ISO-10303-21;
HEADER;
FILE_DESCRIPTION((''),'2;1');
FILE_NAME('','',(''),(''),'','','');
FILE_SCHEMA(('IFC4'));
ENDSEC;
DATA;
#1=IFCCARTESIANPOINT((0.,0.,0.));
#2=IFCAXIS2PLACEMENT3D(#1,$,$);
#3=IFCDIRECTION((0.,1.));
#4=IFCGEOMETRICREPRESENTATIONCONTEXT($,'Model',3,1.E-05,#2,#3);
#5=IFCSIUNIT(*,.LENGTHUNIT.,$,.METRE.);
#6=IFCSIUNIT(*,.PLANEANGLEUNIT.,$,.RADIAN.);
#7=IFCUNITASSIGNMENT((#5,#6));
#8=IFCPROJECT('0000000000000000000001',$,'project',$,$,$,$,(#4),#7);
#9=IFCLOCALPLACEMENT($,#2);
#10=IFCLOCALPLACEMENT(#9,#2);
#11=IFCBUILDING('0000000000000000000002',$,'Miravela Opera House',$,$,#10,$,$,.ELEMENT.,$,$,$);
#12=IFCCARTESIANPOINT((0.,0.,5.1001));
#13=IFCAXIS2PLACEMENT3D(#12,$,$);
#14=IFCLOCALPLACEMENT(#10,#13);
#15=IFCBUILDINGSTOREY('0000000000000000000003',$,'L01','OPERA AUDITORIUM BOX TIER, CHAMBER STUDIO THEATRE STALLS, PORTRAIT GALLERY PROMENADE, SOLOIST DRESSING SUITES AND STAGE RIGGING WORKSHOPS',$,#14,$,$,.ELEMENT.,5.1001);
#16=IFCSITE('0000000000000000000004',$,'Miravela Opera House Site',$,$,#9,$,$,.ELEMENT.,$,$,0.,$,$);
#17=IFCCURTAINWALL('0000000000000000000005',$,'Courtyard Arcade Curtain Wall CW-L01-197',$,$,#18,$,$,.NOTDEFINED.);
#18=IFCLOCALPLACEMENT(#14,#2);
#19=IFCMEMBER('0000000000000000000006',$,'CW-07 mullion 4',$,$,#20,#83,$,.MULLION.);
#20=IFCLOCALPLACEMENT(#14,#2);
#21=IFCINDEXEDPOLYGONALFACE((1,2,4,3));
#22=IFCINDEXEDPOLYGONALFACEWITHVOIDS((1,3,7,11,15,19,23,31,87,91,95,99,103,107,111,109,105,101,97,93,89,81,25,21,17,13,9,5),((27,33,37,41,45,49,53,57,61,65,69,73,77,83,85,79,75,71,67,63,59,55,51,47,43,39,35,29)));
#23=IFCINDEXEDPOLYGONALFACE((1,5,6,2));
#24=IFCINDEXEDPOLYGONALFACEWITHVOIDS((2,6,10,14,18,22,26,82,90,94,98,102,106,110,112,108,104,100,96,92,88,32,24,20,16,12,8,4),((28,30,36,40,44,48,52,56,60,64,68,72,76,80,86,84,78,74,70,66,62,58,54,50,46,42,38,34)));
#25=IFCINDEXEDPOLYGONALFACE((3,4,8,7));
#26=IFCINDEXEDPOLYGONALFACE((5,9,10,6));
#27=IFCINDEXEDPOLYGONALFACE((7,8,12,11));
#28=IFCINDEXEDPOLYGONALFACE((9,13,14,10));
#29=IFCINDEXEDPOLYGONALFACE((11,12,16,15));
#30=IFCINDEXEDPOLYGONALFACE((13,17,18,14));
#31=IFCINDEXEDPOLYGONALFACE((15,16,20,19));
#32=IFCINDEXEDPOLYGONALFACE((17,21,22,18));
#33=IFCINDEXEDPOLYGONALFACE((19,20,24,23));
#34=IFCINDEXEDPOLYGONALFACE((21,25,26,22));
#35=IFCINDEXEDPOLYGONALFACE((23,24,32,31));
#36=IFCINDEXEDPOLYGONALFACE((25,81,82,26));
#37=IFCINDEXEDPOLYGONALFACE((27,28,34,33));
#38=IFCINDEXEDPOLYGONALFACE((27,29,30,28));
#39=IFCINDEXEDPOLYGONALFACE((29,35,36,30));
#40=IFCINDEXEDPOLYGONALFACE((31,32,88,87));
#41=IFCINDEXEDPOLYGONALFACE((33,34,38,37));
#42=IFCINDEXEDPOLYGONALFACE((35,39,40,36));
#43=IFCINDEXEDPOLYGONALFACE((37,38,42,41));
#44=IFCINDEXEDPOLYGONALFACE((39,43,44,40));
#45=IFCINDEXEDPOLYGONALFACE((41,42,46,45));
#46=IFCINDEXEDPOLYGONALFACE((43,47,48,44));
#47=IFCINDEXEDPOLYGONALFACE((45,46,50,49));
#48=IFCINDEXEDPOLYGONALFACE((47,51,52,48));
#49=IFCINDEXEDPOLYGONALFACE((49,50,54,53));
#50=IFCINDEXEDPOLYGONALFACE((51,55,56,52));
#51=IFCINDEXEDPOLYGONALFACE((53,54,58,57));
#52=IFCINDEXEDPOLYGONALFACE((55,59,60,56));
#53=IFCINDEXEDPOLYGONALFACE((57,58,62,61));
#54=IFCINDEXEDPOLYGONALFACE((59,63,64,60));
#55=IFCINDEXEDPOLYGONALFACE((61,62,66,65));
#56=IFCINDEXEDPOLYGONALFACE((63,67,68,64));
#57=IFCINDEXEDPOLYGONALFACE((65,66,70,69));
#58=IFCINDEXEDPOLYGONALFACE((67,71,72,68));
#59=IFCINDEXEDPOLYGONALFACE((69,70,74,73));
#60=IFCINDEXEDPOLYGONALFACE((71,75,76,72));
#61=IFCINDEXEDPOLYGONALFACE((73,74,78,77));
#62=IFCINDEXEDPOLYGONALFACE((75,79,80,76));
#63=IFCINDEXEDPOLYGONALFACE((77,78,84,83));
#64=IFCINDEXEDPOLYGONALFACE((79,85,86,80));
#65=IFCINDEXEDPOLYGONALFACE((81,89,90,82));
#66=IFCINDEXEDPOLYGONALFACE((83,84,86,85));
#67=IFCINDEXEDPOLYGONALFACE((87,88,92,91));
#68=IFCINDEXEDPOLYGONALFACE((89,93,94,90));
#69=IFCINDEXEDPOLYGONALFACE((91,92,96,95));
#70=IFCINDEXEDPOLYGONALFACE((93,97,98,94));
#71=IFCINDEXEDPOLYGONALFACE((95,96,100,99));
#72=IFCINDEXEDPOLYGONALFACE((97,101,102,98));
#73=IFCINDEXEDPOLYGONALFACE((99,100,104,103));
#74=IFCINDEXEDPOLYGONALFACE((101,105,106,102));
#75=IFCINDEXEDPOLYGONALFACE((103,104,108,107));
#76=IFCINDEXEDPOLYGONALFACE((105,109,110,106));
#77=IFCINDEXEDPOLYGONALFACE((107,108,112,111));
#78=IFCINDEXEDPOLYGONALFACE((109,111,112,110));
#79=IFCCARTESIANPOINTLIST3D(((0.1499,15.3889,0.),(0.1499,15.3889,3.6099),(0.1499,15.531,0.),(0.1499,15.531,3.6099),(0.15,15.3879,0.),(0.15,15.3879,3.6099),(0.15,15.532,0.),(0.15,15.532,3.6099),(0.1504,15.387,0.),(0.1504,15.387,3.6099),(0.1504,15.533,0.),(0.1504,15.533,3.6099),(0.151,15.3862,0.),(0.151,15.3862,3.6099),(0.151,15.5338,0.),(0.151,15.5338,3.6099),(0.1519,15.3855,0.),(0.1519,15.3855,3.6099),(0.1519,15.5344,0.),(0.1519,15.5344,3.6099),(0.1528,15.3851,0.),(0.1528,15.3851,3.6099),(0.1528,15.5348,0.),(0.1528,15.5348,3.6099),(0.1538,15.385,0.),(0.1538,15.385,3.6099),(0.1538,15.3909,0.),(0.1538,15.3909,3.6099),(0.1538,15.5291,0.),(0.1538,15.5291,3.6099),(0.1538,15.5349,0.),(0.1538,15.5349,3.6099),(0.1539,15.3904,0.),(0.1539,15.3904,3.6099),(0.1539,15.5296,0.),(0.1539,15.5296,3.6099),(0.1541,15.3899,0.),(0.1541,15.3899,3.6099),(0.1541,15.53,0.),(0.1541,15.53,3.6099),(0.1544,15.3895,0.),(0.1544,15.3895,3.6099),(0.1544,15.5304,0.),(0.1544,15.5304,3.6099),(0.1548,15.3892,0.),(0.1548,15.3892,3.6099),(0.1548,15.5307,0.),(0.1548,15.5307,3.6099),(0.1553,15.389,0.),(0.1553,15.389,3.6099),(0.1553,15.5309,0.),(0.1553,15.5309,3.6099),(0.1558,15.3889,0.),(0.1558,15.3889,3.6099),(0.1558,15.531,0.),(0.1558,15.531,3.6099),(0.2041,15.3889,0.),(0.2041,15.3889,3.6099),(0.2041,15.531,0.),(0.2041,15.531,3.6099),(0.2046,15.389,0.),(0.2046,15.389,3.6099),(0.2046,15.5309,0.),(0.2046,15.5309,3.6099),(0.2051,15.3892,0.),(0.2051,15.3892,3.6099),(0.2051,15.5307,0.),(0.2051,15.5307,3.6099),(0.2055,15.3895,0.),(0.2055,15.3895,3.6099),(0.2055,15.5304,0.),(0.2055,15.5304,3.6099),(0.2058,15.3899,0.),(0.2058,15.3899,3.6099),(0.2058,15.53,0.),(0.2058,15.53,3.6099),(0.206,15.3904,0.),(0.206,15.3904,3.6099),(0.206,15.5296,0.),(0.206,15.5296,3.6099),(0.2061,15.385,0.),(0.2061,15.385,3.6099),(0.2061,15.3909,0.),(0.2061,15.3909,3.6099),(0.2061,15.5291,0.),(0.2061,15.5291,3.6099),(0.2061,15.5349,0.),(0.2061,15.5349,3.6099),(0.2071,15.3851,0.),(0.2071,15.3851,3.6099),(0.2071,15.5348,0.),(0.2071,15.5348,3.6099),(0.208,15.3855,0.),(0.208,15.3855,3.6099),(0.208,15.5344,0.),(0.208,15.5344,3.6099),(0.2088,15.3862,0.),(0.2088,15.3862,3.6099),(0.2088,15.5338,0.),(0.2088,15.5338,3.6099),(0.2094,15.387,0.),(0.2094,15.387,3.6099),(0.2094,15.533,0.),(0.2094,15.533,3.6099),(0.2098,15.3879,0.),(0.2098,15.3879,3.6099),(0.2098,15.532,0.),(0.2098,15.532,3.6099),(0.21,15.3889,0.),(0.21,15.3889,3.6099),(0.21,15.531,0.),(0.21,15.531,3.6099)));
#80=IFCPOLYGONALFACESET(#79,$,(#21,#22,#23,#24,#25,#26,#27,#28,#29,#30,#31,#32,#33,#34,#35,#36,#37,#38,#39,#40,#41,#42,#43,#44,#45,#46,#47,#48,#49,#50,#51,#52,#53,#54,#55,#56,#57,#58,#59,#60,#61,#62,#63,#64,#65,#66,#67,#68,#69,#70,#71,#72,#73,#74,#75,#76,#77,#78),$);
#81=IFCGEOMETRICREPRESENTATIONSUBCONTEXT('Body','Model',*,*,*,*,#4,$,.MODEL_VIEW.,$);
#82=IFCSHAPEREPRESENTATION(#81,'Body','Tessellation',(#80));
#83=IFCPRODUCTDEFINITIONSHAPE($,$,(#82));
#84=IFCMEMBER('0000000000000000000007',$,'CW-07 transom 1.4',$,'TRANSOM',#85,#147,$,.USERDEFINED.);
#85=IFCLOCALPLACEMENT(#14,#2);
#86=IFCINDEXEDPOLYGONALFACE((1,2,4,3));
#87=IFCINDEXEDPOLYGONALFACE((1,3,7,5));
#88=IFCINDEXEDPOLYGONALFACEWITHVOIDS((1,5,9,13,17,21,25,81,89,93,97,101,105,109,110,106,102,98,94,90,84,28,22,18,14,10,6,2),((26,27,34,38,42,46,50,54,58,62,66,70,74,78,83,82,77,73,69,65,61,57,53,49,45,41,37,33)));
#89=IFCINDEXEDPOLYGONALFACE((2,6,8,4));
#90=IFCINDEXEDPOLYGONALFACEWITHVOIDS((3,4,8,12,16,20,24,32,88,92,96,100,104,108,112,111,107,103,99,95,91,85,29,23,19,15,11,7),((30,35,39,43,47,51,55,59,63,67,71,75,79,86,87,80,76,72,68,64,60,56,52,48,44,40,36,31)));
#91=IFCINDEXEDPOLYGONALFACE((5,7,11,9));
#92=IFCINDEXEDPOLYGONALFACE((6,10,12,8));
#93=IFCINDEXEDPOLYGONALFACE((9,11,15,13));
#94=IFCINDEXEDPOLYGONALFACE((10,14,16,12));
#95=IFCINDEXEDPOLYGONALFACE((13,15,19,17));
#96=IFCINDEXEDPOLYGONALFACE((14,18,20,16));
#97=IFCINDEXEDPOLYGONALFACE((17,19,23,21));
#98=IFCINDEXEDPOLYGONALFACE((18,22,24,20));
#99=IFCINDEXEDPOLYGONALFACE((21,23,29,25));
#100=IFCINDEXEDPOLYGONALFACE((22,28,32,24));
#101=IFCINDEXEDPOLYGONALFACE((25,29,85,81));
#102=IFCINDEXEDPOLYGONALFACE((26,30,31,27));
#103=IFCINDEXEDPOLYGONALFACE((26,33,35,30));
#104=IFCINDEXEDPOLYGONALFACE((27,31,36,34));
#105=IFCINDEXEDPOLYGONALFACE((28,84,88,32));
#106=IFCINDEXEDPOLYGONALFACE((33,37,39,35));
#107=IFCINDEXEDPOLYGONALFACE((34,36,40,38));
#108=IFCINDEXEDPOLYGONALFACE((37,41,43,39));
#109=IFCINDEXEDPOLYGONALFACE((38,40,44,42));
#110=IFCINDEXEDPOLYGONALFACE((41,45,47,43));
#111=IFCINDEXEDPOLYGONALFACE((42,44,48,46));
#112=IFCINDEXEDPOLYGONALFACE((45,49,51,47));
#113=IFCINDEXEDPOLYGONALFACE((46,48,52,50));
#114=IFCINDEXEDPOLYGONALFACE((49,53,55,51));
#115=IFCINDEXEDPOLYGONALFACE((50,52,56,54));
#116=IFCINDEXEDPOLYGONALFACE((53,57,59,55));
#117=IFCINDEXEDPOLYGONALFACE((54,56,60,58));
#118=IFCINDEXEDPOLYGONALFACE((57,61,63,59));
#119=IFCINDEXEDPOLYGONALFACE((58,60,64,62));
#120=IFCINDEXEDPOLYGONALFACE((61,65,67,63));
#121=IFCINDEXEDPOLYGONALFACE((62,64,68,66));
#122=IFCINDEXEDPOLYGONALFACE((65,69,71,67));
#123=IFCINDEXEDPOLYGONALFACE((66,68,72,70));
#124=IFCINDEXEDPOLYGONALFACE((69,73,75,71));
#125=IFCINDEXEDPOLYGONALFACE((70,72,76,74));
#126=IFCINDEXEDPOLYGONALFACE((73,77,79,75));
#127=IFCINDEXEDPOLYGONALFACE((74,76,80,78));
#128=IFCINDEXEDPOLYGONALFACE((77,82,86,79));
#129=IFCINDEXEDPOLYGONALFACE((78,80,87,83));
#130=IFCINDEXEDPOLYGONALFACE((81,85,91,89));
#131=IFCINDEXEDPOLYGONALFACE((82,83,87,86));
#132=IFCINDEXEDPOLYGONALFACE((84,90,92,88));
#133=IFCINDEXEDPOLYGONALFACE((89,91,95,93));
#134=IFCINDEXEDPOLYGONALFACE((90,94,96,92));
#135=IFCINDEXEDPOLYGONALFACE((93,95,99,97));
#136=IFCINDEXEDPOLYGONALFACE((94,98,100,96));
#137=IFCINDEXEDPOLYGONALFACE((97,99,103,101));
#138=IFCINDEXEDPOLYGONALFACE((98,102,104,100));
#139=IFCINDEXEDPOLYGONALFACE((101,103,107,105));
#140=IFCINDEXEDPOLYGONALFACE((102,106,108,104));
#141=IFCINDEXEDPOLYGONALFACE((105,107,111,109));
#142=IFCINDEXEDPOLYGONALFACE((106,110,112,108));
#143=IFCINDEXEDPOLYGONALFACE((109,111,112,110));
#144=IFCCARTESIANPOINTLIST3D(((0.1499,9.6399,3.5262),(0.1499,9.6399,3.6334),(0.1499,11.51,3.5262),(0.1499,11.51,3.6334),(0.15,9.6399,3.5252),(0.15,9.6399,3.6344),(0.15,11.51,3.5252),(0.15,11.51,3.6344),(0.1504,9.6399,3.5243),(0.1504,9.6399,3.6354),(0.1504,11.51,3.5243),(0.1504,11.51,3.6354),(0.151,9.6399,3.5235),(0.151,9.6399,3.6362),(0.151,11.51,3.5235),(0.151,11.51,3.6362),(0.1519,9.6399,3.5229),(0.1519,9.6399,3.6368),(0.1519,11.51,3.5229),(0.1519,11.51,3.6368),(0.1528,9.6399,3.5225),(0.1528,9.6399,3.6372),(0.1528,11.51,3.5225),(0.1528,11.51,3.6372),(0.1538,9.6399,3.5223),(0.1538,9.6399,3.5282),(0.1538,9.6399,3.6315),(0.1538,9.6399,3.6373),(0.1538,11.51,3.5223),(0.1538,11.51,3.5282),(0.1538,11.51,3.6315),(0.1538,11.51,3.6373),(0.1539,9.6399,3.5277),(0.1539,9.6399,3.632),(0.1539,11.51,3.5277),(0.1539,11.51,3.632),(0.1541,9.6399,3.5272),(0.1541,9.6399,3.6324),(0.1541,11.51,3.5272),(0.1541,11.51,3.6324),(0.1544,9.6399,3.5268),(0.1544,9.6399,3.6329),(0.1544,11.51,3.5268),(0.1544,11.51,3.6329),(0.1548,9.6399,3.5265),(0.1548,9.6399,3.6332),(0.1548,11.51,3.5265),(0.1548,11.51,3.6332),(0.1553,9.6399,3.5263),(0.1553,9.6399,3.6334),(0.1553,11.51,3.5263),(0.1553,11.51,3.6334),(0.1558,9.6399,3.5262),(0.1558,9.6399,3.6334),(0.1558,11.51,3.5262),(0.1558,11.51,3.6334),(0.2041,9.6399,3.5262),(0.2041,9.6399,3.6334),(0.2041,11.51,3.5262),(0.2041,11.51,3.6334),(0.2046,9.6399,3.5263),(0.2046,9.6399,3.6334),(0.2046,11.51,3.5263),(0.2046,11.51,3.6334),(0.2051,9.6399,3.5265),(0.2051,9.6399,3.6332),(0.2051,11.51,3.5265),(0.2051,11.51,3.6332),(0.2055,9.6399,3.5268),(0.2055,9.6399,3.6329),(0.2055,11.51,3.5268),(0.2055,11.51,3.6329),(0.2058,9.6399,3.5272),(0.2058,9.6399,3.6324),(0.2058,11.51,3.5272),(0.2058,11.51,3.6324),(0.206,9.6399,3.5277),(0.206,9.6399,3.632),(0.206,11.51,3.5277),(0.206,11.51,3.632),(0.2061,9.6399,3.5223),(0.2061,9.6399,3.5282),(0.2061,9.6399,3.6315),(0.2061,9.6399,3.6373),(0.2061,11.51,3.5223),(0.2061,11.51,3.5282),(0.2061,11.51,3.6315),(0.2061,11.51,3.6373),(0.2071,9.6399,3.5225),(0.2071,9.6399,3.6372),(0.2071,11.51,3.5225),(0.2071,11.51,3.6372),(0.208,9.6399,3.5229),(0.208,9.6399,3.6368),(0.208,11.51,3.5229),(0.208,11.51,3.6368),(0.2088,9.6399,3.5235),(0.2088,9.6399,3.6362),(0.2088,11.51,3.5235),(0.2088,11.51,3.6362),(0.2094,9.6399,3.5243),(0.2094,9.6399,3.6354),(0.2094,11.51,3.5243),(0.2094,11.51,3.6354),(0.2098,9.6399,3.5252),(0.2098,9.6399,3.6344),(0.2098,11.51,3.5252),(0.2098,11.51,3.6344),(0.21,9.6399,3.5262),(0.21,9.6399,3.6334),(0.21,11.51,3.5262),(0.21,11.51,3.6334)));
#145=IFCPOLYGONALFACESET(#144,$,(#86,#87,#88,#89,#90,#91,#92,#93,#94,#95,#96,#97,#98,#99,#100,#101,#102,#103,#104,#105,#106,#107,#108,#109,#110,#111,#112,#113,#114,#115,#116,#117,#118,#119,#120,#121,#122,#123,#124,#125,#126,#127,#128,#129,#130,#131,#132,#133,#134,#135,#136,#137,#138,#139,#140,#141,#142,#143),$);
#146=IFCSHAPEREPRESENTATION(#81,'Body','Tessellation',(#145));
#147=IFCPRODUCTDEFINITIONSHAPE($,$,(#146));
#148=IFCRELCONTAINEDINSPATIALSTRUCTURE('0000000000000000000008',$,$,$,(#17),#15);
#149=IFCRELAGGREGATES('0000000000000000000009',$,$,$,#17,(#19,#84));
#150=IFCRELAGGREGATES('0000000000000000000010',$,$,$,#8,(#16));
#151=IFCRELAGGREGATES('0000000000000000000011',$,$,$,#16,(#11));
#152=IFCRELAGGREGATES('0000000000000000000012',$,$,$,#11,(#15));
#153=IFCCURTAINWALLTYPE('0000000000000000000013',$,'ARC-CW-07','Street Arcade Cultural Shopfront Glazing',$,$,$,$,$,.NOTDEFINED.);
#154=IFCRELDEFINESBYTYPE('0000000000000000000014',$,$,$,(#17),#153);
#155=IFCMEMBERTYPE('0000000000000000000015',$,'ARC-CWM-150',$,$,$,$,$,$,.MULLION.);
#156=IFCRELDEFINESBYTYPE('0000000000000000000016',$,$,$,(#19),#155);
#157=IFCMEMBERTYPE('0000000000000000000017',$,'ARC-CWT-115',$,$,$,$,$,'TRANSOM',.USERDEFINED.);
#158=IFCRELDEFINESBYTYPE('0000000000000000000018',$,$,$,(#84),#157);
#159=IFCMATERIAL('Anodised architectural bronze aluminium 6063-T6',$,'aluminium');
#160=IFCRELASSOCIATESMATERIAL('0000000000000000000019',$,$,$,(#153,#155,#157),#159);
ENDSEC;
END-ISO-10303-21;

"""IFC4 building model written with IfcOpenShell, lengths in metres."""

from ifc_helpers import new_model, si_unit, direction, frame, origin, origin_2d, place, context, subcontext, project, spatial, hollow_rectangle, extrude, material, material_profile, profile_set, type_object, element, aggregate, save


model = new_model("IFC4")

# Units and contexts
model_context = context("Model", 3, precision=1e-05, world=origin(), true_north=direction((0.0, 1.0)))
body_context = subcontext(model_context, "Body", "Model", "MODEL_VIEW")
ifc_project = project(units=[si_unit("LENGTHUNIT", "METRE"), si_unit("PLANEANGLEUNIT", "RADIAN")], contexts=[model_context])

# Site, building, storey
site_placement = place(None, origin())
site = spatial("IfcSite", under=ifc_project, at=site_placement, Name="Miravela Opera House Site", CompositionType="ELEMENT", RefElevation=0.0)
building_placement = place(site_placement, origin())
building = spatial("IfcBuilding", under=site, at=building_placement, Name="Miravela Opera House", CompositionType="ELEMENT")
storey_placement = place(building_placement, frame((0.0, 0.0, 5.1001)))
storey = spatial("IfcBuildingStorey", under=building, at=storey_placement, Name="L01", Description="OPERA AUDITORIUM BOX TIER, CHAMBER STUDIO THEATRE STALLS, PORTRAIT GALLERY PROMENADE, SOLOIST DRESSING SUITES AND STAGE RIGGING WORKSHOPS", CompositionType="ELEMENT", Elevation=5.1001)

# Curtain wall, members
ifc_material_1 = material(Name="Anodised architectural bronze aluminium 6063-T6", Category="aluminium")
curtain_wall_type = type_object("IfcCurtainWallType", Name="ARC-CW-07", Description="Street Arcade Cultural Shopfront Glazing", PredefinedType="NOTDEFINED", material=ifc_material_1)
curtain_wall_placement = place(storey_placement, origin())
curtain_wall = element("IfcCurtainWall", 1, at=curtain_wall_placement, inside=storey, type_object=curtain_wall_type, Name="Courtyard Arcade Curtain Wall CW-L01-197", PredefinedType="NOTDEFINED")
ifc_material_profile_1 = material_profile(ifc_material_1, hollow_rectangle(XDim=0.0601, YDim=0.1499, WallThickness=0.0039, InnerFilletRadius=0.002, OuterFilletRadius=0.0039, at=origin_2d()), Name="CWM-60X150")
ifc_profile_set_1 = profile_set([ifc_material_profile_1])
member_type_1 = type_object("IfcMemberType", Name="ARC-CWM-150", PredefinedType="MULLION", material=ifc_profile_set_1)
member_1_placement = place(storey_placement, frame((0.1799, 15.46, 0.0), z_axis=(0.0, 0.0, 1.0), x_axis=(-1.0, 0.0, 0.0)))
member_1 = element("IfcMember", 2, at=member_1_placement, type_object=member_type_1, Name="CW-07 mullion 4", PredefinedType="MULLION", context=body_context, shape_type="SweptSolid", body=[
    extrude(hollow_rectangle(XDim=0.0601, YDim=0.1499, WallThickness=0.0039, InnerFilletRadius=0.002, OuterFilletRadius=0.0039, at=origin_2d()), origin(), (0.0, 0.0, 1.0), 3.6099),
])
ifc_material_profile_2 = material_profile(ifc_material_1, hollow_rectangle(XDim=0.0601, YDim=0.115, WallThickness=0.0039, InnerFilletRadius=0.002, OuterFilletRadius=0.0039, at=origin_2d()), Name="CWT-60X115")
ifc_profile_set_2 = profile_set([ifc_material_profile_2])
member_type_2 = type_object("IfcMemberType", Name="ARC-CWT-115", ElementType="TRANSOM", PredefinedType="USERDEFINED", material=ifc_profile_set_2)
member_2_placement = place(storey_placement, frame((0.1799, 9.6399, 3.5798), z_axis=(0.0, 1.0, 0.0), x_axis=(-1.0, 0.0, 0.0)))
member_2 = element("IfcMember", 3, at=member_2_placement, type_object=member_type_2, Name="CW-07 transom 1.4", ObjectType="TRANSOM", PredefinedType="USERDEFINED", context=body_context, shape_type="SweptSolid", body=[
    extrude(hollow_rectangle(XDim=0.0601, YDim=0.115, WallThickness=0.0039, InnerFilletRadius=0.002, OuterFilletRadius=0.0039, at=origin_2d()), origin(), (0.0, 0.0, 1.0), 1.8701),
])
aggregate(curtain_wall, [member_1, member_2])

save(model, "model.ifc")
